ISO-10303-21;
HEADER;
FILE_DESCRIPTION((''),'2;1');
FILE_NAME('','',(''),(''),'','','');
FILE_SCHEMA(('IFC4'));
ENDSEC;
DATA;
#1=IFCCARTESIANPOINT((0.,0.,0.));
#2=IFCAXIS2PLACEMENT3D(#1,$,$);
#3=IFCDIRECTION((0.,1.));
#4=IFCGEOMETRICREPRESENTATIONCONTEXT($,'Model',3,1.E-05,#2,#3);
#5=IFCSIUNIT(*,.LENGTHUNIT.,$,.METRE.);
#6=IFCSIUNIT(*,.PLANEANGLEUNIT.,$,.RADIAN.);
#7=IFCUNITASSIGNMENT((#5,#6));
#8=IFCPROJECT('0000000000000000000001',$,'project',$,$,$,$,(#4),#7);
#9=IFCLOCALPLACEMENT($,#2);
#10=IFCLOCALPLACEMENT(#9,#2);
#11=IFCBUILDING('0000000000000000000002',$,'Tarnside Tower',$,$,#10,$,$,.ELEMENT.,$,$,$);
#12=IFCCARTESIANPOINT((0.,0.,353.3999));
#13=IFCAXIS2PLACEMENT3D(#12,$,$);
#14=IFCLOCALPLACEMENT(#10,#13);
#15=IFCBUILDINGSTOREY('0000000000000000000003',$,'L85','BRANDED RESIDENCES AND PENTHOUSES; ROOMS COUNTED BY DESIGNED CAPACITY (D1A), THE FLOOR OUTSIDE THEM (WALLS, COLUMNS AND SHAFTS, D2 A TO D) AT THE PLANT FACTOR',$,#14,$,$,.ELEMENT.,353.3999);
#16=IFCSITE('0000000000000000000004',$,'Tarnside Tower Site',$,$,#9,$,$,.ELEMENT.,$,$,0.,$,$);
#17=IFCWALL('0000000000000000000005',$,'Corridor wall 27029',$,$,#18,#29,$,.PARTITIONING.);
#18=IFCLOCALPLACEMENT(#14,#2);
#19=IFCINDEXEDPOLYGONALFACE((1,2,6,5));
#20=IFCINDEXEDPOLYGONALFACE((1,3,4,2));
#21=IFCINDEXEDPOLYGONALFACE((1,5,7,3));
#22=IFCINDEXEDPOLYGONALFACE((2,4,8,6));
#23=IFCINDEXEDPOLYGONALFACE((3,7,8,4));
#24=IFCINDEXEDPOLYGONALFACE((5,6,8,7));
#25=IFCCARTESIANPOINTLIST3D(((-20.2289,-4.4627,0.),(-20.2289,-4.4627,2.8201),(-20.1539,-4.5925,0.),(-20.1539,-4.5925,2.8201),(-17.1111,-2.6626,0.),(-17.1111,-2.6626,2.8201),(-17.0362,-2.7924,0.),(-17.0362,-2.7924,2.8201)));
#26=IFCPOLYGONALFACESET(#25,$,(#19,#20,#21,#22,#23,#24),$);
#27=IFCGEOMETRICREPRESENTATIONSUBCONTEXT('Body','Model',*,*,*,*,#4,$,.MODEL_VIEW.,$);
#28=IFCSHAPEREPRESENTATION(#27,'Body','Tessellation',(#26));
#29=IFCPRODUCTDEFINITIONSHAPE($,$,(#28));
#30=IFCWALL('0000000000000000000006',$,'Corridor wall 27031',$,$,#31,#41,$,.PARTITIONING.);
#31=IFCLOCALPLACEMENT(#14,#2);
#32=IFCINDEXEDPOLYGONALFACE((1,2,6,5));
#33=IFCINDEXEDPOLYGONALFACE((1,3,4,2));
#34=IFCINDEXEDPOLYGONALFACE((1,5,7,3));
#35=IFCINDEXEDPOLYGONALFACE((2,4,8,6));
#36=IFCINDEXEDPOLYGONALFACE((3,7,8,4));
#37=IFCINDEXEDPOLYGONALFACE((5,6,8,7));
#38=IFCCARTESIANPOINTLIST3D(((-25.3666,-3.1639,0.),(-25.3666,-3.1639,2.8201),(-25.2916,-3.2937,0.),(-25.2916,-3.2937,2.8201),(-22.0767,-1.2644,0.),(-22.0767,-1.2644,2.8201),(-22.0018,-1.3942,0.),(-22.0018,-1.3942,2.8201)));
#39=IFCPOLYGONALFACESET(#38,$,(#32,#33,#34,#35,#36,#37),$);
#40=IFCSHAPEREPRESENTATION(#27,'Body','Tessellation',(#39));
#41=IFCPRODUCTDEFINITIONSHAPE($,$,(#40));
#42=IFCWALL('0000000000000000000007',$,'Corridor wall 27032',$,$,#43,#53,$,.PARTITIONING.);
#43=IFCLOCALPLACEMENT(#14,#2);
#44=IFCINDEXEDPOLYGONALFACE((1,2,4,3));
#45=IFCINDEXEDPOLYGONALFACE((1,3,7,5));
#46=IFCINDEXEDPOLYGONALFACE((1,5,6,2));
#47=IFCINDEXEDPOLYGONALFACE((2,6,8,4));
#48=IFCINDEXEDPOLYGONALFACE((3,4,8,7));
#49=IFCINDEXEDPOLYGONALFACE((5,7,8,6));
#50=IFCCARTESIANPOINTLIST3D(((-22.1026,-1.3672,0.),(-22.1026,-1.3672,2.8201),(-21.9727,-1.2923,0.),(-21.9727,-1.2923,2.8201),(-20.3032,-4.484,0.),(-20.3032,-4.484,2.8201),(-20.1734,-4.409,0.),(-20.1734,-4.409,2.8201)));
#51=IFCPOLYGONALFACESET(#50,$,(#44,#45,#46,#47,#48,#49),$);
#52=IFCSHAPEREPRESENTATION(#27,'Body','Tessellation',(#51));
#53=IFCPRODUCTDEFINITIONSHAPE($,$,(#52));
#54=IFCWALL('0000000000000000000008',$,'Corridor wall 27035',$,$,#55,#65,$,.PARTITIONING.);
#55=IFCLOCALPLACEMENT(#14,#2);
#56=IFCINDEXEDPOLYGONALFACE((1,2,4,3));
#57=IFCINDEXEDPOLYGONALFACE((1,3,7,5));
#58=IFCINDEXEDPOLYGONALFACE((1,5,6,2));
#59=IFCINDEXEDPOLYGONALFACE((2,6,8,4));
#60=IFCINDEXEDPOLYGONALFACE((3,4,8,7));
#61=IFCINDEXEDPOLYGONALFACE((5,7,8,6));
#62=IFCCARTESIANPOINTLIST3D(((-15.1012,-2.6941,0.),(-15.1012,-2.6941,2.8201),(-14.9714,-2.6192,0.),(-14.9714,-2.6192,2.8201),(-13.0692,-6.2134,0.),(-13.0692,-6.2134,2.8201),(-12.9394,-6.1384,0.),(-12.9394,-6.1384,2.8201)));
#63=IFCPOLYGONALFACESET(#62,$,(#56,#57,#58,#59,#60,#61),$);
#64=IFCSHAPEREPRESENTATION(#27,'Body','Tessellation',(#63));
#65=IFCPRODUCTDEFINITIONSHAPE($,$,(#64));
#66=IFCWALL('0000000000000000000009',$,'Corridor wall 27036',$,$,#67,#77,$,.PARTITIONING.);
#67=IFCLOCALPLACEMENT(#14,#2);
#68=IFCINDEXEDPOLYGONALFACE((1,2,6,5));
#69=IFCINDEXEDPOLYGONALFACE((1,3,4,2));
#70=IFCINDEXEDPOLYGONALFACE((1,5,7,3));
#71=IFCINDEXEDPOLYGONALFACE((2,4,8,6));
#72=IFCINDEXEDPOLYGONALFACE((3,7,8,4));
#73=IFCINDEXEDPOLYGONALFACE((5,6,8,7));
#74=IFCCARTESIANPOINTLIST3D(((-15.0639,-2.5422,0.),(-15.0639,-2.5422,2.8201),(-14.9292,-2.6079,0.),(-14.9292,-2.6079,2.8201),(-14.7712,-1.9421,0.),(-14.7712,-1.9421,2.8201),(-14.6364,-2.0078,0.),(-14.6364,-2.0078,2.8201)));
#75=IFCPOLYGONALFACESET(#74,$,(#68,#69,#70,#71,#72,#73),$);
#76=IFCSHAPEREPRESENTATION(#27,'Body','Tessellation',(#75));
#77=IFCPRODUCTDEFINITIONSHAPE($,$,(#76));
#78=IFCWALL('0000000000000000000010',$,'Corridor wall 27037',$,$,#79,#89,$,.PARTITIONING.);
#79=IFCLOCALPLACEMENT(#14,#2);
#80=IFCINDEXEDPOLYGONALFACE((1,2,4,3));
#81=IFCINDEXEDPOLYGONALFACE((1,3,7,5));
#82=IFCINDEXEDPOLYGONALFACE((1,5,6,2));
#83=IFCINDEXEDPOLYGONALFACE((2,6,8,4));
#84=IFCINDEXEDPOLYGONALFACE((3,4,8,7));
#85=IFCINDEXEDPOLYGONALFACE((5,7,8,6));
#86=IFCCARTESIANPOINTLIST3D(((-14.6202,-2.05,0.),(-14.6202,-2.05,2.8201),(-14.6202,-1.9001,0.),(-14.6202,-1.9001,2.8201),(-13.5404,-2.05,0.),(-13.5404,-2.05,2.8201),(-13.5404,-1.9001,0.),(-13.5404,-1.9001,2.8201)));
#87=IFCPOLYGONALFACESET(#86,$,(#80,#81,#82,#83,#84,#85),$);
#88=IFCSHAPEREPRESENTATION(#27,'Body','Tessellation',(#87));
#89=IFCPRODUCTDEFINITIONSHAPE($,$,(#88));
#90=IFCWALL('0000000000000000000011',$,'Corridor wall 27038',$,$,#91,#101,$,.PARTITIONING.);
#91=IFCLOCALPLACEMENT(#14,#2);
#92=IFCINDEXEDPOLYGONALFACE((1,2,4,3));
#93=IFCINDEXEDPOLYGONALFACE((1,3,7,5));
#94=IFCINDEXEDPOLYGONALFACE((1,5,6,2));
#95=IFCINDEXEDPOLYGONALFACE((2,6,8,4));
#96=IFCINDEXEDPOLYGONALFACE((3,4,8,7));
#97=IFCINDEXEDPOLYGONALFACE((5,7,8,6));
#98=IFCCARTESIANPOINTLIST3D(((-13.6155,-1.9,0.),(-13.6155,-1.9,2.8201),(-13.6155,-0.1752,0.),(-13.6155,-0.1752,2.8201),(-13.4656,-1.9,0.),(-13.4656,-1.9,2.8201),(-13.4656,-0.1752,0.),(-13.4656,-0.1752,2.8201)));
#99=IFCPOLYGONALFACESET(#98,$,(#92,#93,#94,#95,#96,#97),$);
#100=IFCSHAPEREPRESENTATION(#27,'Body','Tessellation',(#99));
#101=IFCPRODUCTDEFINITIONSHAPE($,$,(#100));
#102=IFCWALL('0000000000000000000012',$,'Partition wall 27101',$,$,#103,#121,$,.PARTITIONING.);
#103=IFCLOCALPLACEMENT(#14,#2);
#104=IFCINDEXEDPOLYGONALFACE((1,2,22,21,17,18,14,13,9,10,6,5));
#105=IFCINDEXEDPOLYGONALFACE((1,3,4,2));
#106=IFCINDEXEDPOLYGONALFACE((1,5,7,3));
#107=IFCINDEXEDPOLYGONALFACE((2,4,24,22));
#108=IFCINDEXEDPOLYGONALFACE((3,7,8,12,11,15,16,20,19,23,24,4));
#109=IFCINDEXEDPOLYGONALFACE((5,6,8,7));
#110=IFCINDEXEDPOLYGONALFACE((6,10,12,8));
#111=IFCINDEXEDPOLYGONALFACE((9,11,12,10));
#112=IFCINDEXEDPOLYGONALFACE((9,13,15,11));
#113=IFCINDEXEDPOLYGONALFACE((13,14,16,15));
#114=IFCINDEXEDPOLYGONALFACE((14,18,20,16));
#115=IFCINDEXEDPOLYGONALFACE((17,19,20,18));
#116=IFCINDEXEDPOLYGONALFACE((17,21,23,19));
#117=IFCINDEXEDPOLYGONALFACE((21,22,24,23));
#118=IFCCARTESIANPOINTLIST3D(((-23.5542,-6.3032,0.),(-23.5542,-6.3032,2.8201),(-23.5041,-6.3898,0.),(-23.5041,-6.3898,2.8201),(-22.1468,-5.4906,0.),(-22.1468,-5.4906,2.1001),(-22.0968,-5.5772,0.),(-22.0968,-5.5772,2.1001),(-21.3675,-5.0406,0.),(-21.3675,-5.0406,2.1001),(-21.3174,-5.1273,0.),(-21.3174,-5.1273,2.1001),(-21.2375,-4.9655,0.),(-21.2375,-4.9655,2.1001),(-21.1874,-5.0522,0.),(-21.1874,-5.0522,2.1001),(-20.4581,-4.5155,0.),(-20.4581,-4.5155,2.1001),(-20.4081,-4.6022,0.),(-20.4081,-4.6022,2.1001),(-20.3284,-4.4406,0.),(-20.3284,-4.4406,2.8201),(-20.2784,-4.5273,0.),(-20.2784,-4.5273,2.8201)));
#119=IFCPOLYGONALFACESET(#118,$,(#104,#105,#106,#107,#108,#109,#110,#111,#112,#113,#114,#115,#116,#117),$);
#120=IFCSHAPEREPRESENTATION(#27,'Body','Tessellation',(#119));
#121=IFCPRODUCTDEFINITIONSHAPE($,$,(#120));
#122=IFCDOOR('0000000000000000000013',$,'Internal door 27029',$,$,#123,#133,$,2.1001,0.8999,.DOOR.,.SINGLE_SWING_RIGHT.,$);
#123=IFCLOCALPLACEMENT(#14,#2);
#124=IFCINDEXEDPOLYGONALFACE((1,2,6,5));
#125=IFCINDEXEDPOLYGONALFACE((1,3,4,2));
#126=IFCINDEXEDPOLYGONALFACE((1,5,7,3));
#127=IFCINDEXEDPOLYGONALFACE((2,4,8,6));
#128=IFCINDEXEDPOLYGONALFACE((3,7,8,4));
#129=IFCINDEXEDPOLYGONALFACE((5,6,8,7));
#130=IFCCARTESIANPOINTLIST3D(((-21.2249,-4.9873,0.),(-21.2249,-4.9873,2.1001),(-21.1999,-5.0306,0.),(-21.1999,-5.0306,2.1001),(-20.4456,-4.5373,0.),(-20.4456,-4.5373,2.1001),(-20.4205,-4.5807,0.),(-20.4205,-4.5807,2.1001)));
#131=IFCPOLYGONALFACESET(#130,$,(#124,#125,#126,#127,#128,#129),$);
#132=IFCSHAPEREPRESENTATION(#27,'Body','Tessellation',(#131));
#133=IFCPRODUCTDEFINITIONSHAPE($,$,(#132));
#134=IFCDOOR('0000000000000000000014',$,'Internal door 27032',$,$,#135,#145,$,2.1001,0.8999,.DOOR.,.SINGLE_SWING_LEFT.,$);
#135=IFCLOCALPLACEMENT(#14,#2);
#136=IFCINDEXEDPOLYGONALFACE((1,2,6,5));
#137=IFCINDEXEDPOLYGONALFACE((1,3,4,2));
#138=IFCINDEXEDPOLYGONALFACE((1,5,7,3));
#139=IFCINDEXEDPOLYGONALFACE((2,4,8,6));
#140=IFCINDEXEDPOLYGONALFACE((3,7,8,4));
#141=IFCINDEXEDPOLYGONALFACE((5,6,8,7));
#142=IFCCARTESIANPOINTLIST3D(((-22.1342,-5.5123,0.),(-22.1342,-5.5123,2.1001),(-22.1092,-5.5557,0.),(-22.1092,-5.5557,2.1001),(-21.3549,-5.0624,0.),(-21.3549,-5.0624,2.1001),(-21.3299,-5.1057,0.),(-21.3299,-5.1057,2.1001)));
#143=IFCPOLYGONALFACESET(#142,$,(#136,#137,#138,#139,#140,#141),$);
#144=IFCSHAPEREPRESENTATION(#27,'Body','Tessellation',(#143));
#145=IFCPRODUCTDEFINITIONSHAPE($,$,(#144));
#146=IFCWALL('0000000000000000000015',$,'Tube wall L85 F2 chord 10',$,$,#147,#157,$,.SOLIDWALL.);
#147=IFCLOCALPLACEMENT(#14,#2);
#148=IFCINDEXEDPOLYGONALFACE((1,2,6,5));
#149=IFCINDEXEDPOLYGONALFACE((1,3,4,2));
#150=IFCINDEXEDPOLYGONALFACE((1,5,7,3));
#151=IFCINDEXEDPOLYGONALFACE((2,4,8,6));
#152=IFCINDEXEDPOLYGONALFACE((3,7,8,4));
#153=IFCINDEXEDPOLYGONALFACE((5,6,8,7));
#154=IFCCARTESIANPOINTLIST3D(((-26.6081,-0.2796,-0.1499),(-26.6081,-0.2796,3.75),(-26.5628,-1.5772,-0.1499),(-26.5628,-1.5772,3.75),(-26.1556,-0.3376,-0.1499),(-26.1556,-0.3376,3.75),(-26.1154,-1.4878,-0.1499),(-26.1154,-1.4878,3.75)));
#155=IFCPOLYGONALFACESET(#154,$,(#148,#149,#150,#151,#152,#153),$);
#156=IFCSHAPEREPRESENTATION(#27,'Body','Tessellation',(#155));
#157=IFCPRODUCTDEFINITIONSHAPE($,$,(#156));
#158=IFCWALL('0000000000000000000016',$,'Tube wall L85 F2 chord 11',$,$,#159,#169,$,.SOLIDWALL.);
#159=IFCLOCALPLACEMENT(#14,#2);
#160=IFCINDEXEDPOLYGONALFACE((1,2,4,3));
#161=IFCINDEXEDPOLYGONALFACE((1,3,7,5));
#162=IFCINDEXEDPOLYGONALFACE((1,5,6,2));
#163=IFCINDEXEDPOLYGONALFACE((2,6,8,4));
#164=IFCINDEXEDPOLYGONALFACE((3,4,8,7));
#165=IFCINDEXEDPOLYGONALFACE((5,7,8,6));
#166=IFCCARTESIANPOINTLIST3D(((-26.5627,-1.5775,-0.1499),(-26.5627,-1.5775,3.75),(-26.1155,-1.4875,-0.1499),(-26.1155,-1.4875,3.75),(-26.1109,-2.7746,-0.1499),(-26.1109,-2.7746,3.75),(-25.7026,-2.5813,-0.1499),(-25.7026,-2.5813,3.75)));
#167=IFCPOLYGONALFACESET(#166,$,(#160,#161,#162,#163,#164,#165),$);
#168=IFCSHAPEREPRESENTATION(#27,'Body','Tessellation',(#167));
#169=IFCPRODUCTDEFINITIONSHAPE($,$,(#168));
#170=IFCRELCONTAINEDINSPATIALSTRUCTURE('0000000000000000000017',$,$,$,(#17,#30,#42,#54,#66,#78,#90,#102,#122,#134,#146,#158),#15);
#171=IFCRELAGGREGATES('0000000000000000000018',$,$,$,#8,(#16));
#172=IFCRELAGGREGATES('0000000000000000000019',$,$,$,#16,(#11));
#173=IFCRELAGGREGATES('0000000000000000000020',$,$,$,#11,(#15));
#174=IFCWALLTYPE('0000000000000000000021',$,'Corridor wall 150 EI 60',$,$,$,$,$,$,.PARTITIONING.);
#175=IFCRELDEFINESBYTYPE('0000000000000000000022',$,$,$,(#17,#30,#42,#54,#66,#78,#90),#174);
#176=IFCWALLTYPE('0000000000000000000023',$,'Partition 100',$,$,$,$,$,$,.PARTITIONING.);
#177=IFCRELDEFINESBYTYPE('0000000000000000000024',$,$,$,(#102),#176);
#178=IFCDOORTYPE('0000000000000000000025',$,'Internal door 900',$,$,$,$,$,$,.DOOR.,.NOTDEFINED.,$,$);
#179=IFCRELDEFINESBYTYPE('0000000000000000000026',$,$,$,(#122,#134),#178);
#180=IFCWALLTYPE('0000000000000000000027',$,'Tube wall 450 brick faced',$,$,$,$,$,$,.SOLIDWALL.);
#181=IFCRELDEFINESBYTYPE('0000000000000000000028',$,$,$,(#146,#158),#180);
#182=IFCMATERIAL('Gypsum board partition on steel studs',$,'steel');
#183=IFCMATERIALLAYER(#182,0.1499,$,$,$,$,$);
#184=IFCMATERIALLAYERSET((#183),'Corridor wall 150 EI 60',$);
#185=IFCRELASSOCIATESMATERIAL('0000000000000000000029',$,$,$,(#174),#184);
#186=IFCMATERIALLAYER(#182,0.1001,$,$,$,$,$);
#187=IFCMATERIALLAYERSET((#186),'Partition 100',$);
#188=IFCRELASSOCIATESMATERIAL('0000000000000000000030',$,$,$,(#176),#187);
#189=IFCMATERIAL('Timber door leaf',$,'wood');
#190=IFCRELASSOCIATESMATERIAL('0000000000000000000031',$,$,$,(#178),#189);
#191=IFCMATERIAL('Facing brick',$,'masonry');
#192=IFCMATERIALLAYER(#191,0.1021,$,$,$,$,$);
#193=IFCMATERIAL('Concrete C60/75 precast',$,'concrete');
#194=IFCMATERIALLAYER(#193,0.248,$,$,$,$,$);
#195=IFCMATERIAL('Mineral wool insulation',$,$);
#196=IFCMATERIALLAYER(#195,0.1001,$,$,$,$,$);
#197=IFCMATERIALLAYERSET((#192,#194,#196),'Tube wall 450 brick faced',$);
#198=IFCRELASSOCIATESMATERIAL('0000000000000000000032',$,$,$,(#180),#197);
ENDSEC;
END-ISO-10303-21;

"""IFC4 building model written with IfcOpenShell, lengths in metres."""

from ifc_helpers import new_model, si_unit, direction, frame, frame_2d, origin, place, context, subcontext, project, spatial, polyline, rectangle, outline, extrude, material, layer, layer_set, type_object, element, fill, save


model = new_model("IFC4")

# Units and contexts
model_context = context("Model", 3, precision=1e-05, world=origin(), true_north=direction((0.0, 1.0)))
body_context = subcontext(model_context, "Body", "Model", "MODEL_VIEW")
ifc_project = project(units=[si_unit("LENGTHUNIT", "METRE"), si_unit("PLANEANGLEUNIT", "RADIAN")], contexts=[model_context])

# Site, building, storey
site_placement = place(None, origin())
site = spatial("IfcSite", under=ifc_project, at=site_placement, Name="Tarnside Tower Site", CompositionType="ELEMENT", RefElevation=0.0)
building_placement = place(site_placement, origin())
building = spatial("IfcBuilding", under=site, at=building_placement, Name="Tarnside Tower", CompositionType="ELEMENT")
storey_placement = place(building_placement, frame((0.0, 0.0, 353.3999)))
storey = spatial("IfcBuildingStorey", under=building, at=storey_placement, Name="L85", Description="BRANDED RESIDENCES AND PENTHOUSES; ROOMS COUNTED BY DESIGNED CAPACITY (D1A), THE FLOOR OUTSIDE THEM (WALLS, COLUMNS AND SHAFTS, D2 A TO D) AT THE PLANT FACTOR", CompositionType="ELEMENT", Elevation=353.3999)

# Shared definitions
ifc_material_1 = material(Name="Gypsum board partition on steel studs", Category="steel")
ifc_material_2 = material(Name="Timber door leaf", Category="wood")

# Shared definitions
ifc_layer_1 = layer(ifc_material_1, 0.1499)
ifc_layer_set_1 = layer_set([ifc_layer_1], Name="Corridor wall 150 EI 60")
wall_type_1 = type_object("IfcWallType", Name="Corridor wall 150 EI 60", PredefinedType="PARTITIONING", material=ifc_layer_set_1)

# Walls
wall_1_placement = place(storey_placement, frame((-20.1914, -4.5276, 0.0), z_axis=(0.0, 0.0, 1.0), x_axis=(0.866018, 0.500012, 0.0)))
element("IfcWall", 1, at=wall_1_placement, inside=storey, type_object=wall_type_1, Name="Corridor wall 27029", PredefinedType="PARTITIONING", context=body_context, shape_type="SweptSolid", body=[
    extrude(rectangle(XDim=3.6001, YDim=0.1499, at=frame_2d((1.8, 0.0))), origin(), (0.0, 0.0, 1.0), 2.8201),
])
wall_2_placement = place(storey_placement, frame((-25.3291, -3.2288, 0.0), z_axis=(0.0, 0.0, 1.0), x_axis=(0.86602, 0.50001, 0.0)))
element("IfcWall", 2, at=wall_2_placement, inside=storey, type_object=wall_type_1, Name="Corridor wall 27031", PredefinedType="PARTITIONING", context=body_context, shape_type="SweptSolid", body=[
    extrude(rectangle(XDim=3.7988, YDim=0.1499, at=frame_2d((1.8994, 0.0))), origin(), (0.0, 0.0, 1.0), 2.8201),
])
wall_3_placement = place(storey_placement, frame((-22.0376, -1.3298, 0.0), z_axis=(0.0, 0.0, 1.0), x_axis=(0.499977, -0.866039, 0.0)))
element("IfcWall", 3, at=wall_3_placement, inside=storey, type_object=wall_type_1, Name="Corridor wall 27032", PredefinedType="PARTITIONING", context=body_context, shape_type="SweptSolid", body=[
    extrude(rectangle(XDim=3.5989, YDim=0.1499, at=frame_2d((1.7993, 0.0))), origin(), (0.0, 0.0, 1.0), 2.8201),
])
wall_4_placement = place(storey_placement, frame((-13.0044, -6.1758, 0.0), z_axis=(0.0, 0.0, 1.0), x_axis=(-0.500022, 0.866013, 0.0)))
element("IfcWall", 4, at=wall_4_placement, inside=storey, type_object=wall_type_1, Name="Corridor wall 27035", PredefinedType="PARTITIONING", context=body_context, shape_type="SweptSolid", body=[
    extrude(rectangle(XDim=4.0637, YDim=0.1499, at=frame_2d((2.0317, 0.0))), origin(), (0.0, 0.0, 1.0), 2.8201),
])
wall_5_placement = place(storey_placement, frame((-14.9966, -2.5752, 0.0), z_axis=(0.0, 0.0, 1.0), x_axis=(0.438416, 0.898772, 0.0)))
element("IfcWall", 5, at=wall_5_placement, inside=storey, type_object=wall_type_1, Name="Corridor wall 27036", PredefinedType="PARTITIONING", context=body_context, shape_type="SweptSolid", body=[
    extrude(rectangle(XDim=0.6677, YDim=0.1499, at=frame_2d((0.334, 0.0))), origin(), (0.0, 0.0, 1.0), 2.8201),
])
wall_6_placement = place(storey_placement, frame((-14.6204, -1.9751, 0.0), z_axis=(0.0, 0.0, 1.0), x_axis=(1.0, 0.0, 0.0)))
element("IfcWall", 6, at=wall_6_placement, inside=storey, type_object=wall_type_1, Name="Corridor wall 27037", PredefinedType="PARTITIONING", context=body_context, shape_type="SweptSolid", body=[
    extrude(rectangle(XDim=1.0798, YDim=0.1499, at=frame_2d((0.54, 0.0))), origin(), (0.0, 0.0, 1.0), 2.8201),
])
wall_7_placement = place(storey_placement, frame((-13.5405, -1.8999, 0.0), z_axis=(0.0, 0.0, 1.0), x_axis=(0.0, 1.0, 0.0)))
element("IfcWall", 7, at=wall_7_placement, inside=storey, type_object=wall_type_1, Name="Corridor wall 27038", PredefinedType="PARTITIONING", context=body_context, shape_type="SweptSolid", body=[
    extrude(rectangle(XDim=1.7249, YDim=0.1499, at=frame_2d((0.8623, 0.0))), origin(), (0.0, 0.0, 1.0), 2.8201),
])

# Wall, openings, doors
ifc_layer_2 = layer(ifc_material_1, 0.1001)
ifc_layer_set_2 = layer_set([ifc_layer_2], Name="Partition 100")
wall_type_2 = type_object("IfcWallType", Name="Partition 100", PredefinedType="PARTITIONING", material=ifc_layer_set_2)
wall_8_placement = place(storey_placement, frame((-23.5291, -6.3464, 0.0), z_axis=(0.0, 0.0, 1.0), x_axis=(0.866012, 0.500023, 0.0)))
wall_8 = element("IfcWall", 8, at=wall_8_placement, inside=storey, type_object=wall_type_2, Name="Partition wall 27101", PredefinedType="PARTITIONING", context=body_context, shape_type="SweptSolid", body=[
    extrude(rectangle(XDim=3.7249, YDim=0.1001, at=frame_2d((1.8623, 0.0))), origin(), (0.0, 0.0, 1.0), 2.8201),
])
opening_1_placement = place(wall_8_placement, frame((2.675, 0.0, 0.0)))
opening_1 = element("IfcOpeningElement", 9, at=opening_1_placement, cuts=wall_8, PredefinedType="OPENING", context=body_context, shape_type="SweptSolid", body=[
    extrude(rectangle(XDim=0.8999, YDim=2.1001, at=frame_2d((0.45, 1.05))), frame((0.0, 0.0601, 0.0), z_axis=(0.0, -1.0, 0.0), x_axis=(1.0, 0.0, 0.0)), (0.0, 0.0, 1.0), 0.1201),
])
opening_2_placement = place(wall_8_placement, frame((1.625, 0.0, 0.0)))
opening_2 = element("IfcOpeningElement", 10, at=opening_2_placement, cuts=wall_8, PredefinedType="OPENING", context=body_context, shape_type="SweptSolid", body=[
    extrude(rectangle(XDim=0.8999, YDim=2.1001, at=frame_2d((0.45, 1.05))), frame((0.0, 0.0601, 0.0), z_axis=(0.0, -1.0, 0.0), x_axis=(1.0, 0.0, 0.0)), (0.0, 0.0, 1.0), 0.1201),
])
door_type_1 = type_object("IfcDoorType", Name="Internal door 900", OperationType="NOTDEFINED", PredefinedType="DOOR", material=ifc_material_2)
door_1_placement = place(opening_1_placement, origin())
door_1 = element("IfcDoor", 11, at=door_1_placement, inside=storey, type_object=door_type_1, Name="Internal door 27029", OperationType="SINGLE_SWING_RIGHT", OverallHeight=2.1001, OverallWidth=0.8999, PredefinedType="DOOR", context=body_context, shape_type="SweptSolid", body=[
    extrude(rectangle(XDim=0.8999, YDim=2.1001, at=frame_2d((0.45, 1.05))), frame((0.0, 0.0249, 0.0), z_axis=(0.0, -1.0, 0.0), x_axis=(1.0, 0.0, 0.0)), (0.0, 0.0, 1.0), 0.05),
])
fill(opening_1, door_1)
door_2_placement = place(opening_2_placement, origin())
door_2 = element("IfcDoor", 12, at=door_2_placement, inside=storey, type_object=door_type_1, Name="Internal door 27032", OperationType="SINGLE_SWING_LEFT", OverallHeight=2.1001, OverallWidth=0.8999, PredefinedType="DOOR", context=body_context, shape_type="SweptSolid", body=[
    extrude(rectangle(XDim=0.8999, YDim=2.1001, at=frame_2d((0.45, 1.05))), frame((0.0, 0.0249, 0.0), z_axis=(0.0, -1.0, 0.0), x_axis=(1.0, 0.0, 0.0)), (0.0, 0.0, 1.0), 0.05),
])
fill(opening_2, door_2)

# Walls
ifc_material_3 = material(Name="Facing brick", Category="masonry")
ifc_layer_3 = layer(ifc_material_3, 0.1021)
ifc_material_4 = material(Name="Concrete C60/75 precast", Category="concrete")
ifc_layer_4 = layer(ifc_material_4, 0.248)
ifc_material_5 = material(Name="Mineral wool insulation")
ifc_layer_5 = layer(ifc_material_5, 0.1001)
ifc_layer_set_3 = layer_set([ifc_layer_3, ifc_layer_4, ifc_layer_5], Name="Tube wall 450 brick faced")
wall_type_3 = type_object("IfcWallType", Name="Tube wall 450 brick faced", PredefinedType="SOLIDWALL", material=ifc_layer_set_3)
wall_9_placement = place(storey_placement, frame((-26.3818, -0.3086, -0.1499), z_axis=(0.0, 0.0, 1.0), x_axis=(0.034888, -0.999391, 0.0)))
element("IfcWall", 13, at=wall_9_placement, inside=storey, type_object=wall_type_3, Name="Tube wall L85 F2 chord 10", PredefinedType="SOLIDWALL", context=body_context, shape_type="SweptSolid", body=[
    extrude(outline(polyline([(-0.0369, -0.2251), (1.2615, -0.2251), (1.1877, 0.2251), (0.0369, 0.2251), (-0.0369, -0.2251)])), origin(), (0.0, 0.0, 1.0), 3.8999),
])
wall_10_placement = place(storey_placement, frame((-26.3391, -1.5325, -0.1499), z_axis=(0.0, 0.0, 1.0), x_axis=(0.353133, -0.935573, 0.0)))
element("IfcWall", 14, at=wall_10_placement, inside=storey, type_object=wall_type_3, Name="Tube wall L85 F2 chord 11", PredefinedType="SOLIDWALL", context=body_context, shape_type="SweptSolid", body=[
    extrude(outline(polyline([(-0.0369, -0.2251), (1.2427, -0.2251), (1.2061, 0.2251), (0.0369, 0.2251), (-0.0369, -0.2251)])), origin(), (0.0, 0.0, 1.0), 3.8999),
])

save(model, "model.ifc")
